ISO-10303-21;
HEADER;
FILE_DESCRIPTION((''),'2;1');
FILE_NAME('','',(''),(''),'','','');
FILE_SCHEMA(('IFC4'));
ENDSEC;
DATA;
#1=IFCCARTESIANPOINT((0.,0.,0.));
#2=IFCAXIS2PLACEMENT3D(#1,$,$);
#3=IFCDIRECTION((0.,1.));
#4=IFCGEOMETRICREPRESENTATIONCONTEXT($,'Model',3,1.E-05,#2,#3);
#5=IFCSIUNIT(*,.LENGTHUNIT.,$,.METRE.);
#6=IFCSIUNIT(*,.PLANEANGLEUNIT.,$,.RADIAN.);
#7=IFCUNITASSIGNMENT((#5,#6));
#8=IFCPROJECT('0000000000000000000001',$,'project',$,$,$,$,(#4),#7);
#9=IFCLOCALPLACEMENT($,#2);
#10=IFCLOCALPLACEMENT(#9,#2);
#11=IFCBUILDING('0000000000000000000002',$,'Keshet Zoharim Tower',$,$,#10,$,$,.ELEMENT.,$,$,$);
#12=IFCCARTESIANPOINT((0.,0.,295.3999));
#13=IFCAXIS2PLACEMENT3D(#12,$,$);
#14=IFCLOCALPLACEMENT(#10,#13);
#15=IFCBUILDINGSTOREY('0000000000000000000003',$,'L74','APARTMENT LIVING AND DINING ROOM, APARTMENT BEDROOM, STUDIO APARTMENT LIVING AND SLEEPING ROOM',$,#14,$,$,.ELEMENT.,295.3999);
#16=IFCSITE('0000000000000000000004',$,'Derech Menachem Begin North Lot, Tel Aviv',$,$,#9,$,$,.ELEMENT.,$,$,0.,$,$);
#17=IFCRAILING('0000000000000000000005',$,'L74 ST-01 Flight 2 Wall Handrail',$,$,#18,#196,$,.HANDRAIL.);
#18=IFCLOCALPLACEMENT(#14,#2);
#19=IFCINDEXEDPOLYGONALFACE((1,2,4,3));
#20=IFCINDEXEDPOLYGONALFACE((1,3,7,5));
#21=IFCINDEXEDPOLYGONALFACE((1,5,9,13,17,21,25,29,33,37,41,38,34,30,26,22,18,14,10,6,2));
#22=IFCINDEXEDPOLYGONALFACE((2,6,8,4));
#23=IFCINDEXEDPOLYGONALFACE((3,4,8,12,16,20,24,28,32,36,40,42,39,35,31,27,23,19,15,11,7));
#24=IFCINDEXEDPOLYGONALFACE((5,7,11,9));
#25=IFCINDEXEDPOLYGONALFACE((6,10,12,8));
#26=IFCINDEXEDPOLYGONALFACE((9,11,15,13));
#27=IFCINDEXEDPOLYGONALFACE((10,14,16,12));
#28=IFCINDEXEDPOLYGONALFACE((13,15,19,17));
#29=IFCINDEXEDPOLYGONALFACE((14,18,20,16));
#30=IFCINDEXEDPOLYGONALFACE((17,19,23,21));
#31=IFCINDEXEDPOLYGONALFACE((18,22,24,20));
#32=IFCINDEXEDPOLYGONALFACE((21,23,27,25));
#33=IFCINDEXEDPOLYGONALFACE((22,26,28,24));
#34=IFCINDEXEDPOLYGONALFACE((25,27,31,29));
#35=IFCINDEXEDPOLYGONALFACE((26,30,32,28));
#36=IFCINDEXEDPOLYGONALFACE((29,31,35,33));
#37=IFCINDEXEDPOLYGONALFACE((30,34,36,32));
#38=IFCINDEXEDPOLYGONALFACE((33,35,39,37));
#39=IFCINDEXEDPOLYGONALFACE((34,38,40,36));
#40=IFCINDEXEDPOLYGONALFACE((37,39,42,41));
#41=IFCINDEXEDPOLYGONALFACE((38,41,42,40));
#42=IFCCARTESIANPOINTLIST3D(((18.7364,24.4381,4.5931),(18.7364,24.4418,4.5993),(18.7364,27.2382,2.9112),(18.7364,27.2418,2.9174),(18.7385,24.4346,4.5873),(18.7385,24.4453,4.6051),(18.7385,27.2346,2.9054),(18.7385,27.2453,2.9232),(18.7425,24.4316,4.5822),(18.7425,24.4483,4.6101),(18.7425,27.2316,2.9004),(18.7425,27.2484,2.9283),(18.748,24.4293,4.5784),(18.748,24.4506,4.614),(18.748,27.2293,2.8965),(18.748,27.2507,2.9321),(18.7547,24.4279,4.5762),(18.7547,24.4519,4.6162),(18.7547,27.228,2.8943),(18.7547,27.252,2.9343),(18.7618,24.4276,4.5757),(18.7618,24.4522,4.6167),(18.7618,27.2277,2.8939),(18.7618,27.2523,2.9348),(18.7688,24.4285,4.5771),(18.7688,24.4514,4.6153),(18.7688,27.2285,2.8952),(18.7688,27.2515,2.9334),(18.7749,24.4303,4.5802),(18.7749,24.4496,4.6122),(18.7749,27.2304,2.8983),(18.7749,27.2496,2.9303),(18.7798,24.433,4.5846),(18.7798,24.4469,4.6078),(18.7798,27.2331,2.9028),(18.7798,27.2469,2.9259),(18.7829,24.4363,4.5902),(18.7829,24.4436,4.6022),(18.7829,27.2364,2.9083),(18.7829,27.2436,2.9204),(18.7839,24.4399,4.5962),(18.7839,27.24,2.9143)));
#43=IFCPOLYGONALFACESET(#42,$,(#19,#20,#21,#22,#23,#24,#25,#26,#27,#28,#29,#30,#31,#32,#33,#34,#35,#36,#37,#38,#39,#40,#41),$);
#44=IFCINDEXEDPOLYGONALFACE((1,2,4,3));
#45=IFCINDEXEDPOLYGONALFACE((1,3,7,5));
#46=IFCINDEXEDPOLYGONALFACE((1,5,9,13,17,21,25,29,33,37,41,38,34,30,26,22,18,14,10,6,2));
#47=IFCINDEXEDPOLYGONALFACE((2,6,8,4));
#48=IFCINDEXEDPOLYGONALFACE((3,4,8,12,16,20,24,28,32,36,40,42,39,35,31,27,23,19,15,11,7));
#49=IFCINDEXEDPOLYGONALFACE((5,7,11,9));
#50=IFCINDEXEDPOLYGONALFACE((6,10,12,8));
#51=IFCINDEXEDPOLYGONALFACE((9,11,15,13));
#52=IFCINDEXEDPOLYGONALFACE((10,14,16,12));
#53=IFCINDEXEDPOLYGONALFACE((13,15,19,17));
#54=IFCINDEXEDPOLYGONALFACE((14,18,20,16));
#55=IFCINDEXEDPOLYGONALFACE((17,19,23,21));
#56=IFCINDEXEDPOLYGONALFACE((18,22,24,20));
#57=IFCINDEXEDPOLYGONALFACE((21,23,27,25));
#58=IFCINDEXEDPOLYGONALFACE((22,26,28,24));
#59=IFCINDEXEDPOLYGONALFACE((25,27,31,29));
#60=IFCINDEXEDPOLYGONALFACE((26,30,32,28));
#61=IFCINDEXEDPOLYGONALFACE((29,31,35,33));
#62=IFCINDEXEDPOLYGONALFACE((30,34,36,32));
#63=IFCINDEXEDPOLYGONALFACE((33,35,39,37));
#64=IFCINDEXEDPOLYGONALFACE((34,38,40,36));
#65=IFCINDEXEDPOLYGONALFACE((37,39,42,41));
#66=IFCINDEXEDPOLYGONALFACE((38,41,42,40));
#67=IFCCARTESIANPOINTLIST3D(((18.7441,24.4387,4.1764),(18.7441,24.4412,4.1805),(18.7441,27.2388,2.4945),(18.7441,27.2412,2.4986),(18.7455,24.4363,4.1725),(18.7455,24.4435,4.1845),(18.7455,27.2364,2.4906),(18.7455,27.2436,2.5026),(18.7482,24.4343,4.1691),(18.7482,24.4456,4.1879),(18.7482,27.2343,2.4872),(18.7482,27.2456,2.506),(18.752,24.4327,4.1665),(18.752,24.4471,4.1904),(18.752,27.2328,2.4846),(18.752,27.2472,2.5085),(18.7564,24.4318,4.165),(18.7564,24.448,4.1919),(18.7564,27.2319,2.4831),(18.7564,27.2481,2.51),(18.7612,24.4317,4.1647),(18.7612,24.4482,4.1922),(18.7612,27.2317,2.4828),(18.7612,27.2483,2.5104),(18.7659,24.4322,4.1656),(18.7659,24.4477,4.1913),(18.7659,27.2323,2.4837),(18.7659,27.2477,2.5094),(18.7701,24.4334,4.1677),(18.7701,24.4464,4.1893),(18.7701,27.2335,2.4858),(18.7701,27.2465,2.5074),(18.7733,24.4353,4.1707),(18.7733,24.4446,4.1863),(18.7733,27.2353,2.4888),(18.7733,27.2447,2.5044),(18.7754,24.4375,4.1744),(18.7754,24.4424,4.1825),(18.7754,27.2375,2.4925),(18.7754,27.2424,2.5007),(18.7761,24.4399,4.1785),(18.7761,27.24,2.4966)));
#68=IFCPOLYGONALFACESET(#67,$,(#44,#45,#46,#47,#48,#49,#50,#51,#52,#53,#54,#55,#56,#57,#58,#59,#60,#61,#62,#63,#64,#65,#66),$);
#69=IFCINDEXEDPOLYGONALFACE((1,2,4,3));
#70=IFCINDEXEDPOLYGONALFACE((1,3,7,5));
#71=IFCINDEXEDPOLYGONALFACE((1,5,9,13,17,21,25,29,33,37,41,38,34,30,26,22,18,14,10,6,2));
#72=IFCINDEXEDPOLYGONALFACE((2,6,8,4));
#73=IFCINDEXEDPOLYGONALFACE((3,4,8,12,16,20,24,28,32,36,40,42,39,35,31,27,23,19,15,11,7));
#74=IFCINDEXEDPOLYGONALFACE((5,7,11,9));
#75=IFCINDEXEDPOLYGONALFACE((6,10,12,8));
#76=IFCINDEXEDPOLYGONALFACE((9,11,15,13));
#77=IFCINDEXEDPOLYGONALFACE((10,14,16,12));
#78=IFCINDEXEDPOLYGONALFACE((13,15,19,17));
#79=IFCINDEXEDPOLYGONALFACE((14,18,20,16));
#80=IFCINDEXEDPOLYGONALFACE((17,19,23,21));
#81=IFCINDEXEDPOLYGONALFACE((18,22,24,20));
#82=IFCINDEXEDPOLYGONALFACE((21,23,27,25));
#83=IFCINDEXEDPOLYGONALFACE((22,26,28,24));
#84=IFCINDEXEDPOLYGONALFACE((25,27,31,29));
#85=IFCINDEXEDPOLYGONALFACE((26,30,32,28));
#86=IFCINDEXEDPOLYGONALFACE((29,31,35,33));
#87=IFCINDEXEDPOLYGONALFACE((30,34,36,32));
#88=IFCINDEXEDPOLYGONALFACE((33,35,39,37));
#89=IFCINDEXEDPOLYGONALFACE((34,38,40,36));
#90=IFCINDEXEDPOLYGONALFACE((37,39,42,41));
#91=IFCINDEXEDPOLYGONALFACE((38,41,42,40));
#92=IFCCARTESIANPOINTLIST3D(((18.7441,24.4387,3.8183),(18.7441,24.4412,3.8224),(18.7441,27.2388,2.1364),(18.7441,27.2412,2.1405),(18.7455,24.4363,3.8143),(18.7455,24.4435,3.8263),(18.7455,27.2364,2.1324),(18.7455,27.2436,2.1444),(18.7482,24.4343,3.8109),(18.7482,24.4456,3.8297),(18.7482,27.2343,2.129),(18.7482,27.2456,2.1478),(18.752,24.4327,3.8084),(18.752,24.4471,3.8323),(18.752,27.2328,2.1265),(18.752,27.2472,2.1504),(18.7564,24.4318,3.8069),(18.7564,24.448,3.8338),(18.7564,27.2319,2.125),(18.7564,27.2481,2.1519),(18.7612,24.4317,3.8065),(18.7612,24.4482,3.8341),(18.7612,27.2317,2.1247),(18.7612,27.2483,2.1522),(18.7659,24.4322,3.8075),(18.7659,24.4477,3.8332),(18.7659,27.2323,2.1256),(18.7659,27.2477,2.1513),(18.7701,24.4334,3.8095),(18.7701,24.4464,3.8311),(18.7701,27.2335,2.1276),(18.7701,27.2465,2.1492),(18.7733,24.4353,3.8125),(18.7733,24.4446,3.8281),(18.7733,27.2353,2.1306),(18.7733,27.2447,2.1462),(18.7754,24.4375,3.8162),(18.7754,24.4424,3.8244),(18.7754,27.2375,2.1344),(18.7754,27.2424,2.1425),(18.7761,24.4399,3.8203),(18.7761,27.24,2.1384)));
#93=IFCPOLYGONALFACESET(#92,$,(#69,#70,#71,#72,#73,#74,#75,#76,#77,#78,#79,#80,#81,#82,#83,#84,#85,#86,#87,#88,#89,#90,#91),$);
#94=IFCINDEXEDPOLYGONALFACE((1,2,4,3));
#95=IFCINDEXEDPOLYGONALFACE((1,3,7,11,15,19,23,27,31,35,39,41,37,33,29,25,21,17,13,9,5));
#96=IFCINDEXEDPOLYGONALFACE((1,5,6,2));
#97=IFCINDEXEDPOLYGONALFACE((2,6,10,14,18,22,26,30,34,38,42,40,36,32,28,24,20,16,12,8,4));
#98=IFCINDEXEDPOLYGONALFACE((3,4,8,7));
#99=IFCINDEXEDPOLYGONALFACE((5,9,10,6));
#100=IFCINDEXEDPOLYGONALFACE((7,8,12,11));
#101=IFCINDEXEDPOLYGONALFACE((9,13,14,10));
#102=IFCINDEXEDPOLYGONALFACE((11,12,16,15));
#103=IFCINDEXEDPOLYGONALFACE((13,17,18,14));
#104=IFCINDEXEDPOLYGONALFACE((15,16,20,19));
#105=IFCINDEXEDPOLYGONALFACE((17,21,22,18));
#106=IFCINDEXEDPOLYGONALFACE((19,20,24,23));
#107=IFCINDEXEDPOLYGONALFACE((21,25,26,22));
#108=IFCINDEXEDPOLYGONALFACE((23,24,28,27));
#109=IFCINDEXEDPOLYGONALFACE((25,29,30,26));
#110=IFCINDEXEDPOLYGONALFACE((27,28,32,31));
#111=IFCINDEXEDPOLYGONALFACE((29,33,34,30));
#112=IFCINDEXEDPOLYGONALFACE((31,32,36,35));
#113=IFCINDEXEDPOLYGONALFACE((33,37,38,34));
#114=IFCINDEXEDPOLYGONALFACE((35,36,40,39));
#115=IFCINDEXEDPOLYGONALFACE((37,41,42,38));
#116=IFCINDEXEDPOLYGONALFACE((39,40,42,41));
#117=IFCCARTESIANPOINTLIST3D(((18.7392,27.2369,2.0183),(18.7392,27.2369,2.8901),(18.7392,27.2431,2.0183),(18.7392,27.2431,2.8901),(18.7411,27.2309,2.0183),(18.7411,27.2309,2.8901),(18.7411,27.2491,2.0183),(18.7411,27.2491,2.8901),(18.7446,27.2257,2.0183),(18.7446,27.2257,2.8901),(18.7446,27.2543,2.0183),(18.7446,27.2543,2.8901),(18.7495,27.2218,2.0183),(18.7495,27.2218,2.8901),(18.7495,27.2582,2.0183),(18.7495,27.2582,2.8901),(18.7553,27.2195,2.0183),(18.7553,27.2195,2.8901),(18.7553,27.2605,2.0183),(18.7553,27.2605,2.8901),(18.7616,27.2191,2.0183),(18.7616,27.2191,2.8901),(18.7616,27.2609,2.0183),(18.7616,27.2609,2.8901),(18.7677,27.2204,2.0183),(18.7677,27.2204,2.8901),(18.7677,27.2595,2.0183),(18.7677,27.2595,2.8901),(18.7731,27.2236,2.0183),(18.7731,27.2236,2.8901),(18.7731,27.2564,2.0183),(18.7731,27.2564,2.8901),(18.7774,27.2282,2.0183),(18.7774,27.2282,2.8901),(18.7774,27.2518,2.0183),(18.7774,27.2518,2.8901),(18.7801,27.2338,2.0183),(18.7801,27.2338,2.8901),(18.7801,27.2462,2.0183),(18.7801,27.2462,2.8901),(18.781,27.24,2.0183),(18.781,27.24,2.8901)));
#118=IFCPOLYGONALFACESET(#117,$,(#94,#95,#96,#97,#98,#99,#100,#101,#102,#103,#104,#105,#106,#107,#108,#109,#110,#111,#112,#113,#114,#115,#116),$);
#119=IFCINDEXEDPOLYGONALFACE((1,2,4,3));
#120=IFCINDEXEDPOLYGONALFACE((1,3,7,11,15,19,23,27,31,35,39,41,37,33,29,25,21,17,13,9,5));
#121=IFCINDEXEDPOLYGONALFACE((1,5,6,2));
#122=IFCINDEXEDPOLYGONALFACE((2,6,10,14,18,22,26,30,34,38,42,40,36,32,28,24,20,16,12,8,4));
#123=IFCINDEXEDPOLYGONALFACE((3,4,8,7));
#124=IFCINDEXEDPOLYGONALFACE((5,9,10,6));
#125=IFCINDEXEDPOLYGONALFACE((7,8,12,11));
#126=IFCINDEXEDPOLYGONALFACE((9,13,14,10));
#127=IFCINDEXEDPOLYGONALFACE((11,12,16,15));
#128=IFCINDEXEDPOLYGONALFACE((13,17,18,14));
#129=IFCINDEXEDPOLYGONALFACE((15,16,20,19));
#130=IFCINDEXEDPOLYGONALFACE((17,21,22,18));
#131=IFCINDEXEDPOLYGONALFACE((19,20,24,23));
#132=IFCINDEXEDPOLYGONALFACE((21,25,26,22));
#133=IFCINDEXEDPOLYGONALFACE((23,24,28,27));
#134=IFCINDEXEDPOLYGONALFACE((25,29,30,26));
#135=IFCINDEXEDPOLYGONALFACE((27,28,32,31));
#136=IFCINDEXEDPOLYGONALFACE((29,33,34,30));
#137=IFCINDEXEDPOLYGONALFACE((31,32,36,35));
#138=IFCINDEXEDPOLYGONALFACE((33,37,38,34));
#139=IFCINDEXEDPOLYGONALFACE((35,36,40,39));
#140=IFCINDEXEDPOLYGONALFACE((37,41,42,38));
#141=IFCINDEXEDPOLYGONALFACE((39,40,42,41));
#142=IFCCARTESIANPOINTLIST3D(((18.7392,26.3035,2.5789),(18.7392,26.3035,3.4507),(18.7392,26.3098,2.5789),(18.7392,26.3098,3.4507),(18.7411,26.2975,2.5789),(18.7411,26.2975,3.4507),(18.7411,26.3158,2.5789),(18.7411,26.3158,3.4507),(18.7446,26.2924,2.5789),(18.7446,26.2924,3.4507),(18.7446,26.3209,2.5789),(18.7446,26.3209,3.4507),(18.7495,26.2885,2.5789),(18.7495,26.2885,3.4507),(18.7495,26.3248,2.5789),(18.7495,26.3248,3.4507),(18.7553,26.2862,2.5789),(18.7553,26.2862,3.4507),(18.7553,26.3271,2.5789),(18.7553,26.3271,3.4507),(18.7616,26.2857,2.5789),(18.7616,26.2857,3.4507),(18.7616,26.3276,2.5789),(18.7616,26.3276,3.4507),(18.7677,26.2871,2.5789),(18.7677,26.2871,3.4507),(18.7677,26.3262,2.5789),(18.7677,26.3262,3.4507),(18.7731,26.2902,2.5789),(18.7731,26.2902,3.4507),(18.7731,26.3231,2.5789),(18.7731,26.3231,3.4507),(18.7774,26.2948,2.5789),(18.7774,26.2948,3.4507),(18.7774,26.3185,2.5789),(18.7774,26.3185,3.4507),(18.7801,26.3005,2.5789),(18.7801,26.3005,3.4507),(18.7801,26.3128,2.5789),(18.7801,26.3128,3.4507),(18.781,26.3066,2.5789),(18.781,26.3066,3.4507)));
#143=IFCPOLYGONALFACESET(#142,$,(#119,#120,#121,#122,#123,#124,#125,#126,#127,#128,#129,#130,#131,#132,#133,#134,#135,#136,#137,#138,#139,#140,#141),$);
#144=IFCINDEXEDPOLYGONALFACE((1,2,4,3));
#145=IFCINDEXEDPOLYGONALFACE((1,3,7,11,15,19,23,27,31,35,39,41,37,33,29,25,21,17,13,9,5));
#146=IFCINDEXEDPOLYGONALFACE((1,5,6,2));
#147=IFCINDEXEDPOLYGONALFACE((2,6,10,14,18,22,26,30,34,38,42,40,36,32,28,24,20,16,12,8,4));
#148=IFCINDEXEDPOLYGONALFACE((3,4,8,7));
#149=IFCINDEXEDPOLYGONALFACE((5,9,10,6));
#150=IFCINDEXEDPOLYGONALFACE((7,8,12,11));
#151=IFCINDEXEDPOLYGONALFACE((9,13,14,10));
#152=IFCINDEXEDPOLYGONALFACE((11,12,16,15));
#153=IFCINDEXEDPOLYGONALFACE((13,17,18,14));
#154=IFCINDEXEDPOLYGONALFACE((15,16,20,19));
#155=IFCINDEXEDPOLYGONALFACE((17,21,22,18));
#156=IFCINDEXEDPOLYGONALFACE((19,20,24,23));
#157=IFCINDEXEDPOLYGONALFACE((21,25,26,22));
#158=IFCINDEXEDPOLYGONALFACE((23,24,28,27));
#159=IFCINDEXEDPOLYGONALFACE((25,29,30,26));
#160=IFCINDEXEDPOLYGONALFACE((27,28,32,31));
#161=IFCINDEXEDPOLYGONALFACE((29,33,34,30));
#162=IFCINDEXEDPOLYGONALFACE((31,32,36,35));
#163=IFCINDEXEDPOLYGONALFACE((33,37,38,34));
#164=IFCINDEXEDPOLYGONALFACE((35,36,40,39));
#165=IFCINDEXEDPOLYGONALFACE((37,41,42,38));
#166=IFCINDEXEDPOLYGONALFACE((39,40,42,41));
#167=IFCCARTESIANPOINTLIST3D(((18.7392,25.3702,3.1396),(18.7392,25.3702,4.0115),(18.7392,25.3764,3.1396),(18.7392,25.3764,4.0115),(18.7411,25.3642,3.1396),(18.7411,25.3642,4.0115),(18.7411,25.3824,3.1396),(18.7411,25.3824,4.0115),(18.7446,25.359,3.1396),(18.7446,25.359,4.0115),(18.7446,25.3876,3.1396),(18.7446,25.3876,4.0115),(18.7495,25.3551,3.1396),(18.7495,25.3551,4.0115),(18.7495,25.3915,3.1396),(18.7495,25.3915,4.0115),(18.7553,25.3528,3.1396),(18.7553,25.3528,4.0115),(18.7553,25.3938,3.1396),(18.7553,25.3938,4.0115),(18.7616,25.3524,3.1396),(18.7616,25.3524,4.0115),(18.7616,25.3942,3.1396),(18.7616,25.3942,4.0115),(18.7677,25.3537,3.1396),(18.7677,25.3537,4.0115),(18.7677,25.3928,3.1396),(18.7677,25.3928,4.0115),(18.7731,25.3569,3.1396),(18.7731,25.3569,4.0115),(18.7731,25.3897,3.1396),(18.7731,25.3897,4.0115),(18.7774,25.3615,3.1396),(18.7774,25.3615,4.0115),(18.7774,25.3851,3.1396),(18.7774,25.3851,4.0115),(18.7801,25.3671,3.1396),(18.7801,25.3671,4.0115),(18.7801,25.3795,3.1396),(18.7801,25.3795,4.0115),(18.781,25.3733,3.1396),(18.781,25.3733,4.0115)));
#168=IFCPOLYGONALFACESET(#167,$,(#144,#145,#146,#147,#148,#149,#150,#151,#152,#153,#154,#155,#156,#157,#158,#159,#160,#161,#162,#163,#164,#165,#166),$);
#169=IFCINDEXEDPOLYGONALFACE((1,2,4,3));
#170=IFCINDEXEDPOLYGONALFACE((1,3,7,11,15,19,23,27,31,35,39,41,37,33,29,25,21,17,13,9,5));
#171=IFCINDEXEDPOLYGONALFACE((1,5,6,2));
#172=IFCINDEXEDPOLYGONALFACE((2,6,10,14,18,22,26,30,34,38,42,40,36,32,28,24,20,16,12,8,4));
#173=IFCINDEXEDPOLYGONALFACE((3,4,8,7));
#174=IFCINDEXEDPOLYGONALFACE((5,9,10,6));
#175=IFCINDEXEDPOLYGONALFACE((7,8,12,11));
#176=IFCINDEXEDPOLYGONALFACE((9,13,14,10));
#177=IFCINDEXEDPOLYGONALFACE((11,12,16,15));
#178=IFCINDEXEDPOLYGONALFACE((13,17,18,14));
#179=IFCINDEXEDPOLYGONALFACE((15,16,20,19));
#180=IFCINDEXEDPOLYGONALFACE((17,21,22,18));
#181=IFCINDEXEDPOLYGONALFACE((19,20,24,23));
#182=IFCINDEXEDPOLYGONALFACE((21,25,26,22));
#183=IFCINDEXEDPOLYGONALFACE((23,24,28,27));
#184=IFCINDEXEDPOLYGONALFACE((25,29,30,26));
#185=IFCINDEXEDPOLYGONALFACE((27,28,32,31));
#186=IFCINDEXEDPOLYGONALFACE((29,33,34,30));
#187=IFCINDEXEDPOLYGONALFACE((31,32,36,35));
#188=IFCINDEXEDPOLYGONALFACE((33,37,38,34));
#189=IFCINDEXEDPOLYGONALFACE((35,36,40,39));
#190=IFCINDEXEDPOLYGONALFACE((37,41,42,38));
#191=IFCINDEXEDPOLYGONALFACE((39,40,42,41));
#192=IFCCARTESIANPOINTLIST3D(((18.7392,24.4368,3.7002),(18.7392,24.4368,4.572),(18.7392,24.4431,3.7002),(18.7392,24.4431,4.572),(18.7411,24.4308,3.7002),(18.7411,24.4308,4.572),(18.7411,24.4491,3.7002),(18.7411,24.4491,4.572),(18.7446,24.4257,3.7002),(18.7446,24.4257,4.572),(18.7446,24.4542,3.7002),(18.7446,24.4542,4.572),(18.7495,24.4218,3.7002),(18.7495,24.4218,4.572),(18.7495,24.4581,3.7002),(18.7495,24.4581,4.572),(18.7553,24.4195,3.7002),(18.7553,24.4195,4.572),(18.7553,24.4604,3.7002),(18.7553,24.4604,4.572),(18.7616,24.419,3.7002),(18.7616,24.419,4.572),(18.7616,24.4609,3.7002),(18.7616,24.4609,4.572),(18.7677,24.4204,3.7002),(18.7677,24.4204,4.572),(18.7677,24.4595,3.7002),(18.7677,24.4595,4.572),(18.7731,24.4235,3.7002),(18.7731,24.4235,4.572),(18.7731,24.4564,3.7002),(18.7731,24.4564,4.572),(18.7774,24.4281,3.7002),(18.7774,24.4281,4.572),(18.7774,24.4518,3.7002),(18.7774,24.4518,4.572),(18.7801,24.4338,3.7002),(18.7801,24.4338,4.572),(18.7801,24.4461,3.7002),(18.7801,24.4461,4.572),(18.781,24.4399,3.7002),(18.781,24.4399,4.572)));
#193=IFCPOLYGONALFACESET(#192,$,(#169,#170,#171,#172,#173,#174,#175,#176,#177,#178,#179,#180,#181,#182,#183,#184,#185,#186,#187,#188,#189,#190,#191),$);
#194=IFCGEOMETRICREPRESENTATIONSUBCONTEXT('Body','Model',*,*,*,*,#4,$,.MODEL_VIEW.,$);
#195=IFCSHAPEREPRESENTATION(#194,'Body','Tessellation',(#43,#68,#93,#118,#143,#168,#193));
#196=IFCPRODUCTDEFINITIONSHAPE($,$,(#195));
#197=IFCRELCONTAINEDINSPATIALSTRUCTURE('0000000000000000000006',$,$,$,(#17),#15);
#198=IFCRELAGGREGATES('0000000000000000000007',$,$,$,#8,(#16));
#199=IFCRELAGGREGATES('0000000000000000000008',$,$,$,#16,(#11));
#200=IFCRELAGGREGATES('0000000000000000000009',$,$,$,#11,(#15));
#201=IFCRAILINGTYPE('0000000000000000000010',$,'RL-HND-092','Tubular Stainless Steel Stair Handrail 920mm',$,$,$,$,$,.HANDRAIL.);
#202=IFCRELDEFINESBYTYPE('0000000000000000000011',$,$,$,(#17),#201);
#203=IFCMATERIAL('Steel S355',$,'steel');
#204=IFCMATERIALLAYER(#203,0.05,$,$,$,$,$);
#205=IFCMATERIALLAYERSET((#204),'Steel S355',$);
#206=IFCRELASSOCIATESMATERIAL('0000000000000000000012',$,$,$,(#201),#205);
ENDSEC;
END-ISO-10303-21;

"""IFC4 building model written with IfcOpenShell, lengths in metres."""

from ifc_helpers import new_model, si_unit, direction, frame, origin, origin_2d, place, context, subcontext, project, spatial, circle, extrude, material, layer, layer_set, type_object, element, save


model = new_model("IFC4")

# Units and contexts
model_context = context("Model", 3, precision=1e-05, world=origin(), true_north=direction((0.0, 1.0)))
body_context = subcontext(model_context, "Body", "Model", "MODEL_VIEW")
ifc_project = project(units=[si_unit("LENGTHUNIT", "METRE"), si_unit("PLANEANGLEUNIT", "RADIAN")], contexts=[model_context])

# Site, building, storey
site_placement = place(None, origin())
site = spatial("IfcSite", under=ifc_project, at=site_placement, Name="Derech Menachem Begin North Lot, Tel Aviv", CompositionType="ELEMENT", RefElevation=0.0)
building_placement = place(site_placement, origin())
building = spatial("IfcBuilding", under=site, at=building_placement, Name="Keshet Zoharim Tower", CompositionType="ELEMENT")
storey_placement = place(building_placement, frame((0.0, 0.0, 295.3999)))
storey = spatial("IfcBuildingStorey", under=building, at=storey_placement, Name="L74", Description="APARTMENT LIVING AND DINING ROOM, APARTMENT BEDROOM, STUDIO APARTMENT LIVING AND SLEEPING ROOM", CompositionType="ELEMENT", Elevation=295.3999)

# Shared definitions
ifc_material_1 = material(Name="Steel S355", Category="steel")

# Railing
ifc_layer_1 = layer(ifc_material_1, 0.05)
ifc_layer_set_1 = layer_set([ifc_layer_1], Name="Steel S355")
railing_type_1 = type_object("IfcRailingType", Name="RL-HND-092", Description="Tubular Stainless Steel Stair Handrail 920mm", PredefinedType="HANDRAIL", material=ifc_layer_set_1)
railing_1_placement = place(storey_placement, frame((18.76, 27.24, 2.0183)))
element("IfcRailing", 1, at=railing_1_placement, inside=storey, type_object=railing_type_1, Name="L74 ST-01 Flight 2 Wall Handrail", PredefinedType="HANDRAIL", context=body_context, shape_type="SweptSolid", body=[
    extrude(circle(Radius=0.0239, at=origin_2d()), frame((0.0, 0.0, 0.896), z_axis=(0.0, -0.857242, 0.514913), x_axis=(1.0, 0.0, 0.0)), (0.0, 0.0, 1.0), 3.2664),
    extrude(circle(Radius=0.0161, at=origin_2d()), frame((0.0, 0.0, 0.4783), z_axis=(0.0, -0.857242, 0.514913), x_axis=(1.0, 0.0, 0.0)), (0.0, 0.0, 1.0), 3.2664),
    extrude(circle(Radius=0.0161, at=origin_2d()), frame((0.0, 0.0, 0.1201), z_axis=(0.0, -0.857242, 0.514913), x_axis=(1.0, 0.0, 0.0)), (0.0, 0.0, 1.0), 3.2664),
    extrude(circle(Radius=0.021, at=origin_2d()), origin(), (0.0, 0.0, 1.0), 0.8718),
    extrude(circle(Radius=0.021, at=origin_2d()), frame((0.0, -0.9333, 0.5605)), (0.0, 0.0, 1.0), 0.8718),
    extrude(circle(Radius=0.021, at=origin_2d()), frame((0.0, -1.8667, 1.1213)), (0.0, 0.0, 1.0), 0.8718),
    extrude(circle(Radius=0.021, at=origin_2d()), frame((0.0, -2.8, 1.6819)), (0.0, 0.0, 1.0), 0.8718),
])

save(model, "model.ifc")
